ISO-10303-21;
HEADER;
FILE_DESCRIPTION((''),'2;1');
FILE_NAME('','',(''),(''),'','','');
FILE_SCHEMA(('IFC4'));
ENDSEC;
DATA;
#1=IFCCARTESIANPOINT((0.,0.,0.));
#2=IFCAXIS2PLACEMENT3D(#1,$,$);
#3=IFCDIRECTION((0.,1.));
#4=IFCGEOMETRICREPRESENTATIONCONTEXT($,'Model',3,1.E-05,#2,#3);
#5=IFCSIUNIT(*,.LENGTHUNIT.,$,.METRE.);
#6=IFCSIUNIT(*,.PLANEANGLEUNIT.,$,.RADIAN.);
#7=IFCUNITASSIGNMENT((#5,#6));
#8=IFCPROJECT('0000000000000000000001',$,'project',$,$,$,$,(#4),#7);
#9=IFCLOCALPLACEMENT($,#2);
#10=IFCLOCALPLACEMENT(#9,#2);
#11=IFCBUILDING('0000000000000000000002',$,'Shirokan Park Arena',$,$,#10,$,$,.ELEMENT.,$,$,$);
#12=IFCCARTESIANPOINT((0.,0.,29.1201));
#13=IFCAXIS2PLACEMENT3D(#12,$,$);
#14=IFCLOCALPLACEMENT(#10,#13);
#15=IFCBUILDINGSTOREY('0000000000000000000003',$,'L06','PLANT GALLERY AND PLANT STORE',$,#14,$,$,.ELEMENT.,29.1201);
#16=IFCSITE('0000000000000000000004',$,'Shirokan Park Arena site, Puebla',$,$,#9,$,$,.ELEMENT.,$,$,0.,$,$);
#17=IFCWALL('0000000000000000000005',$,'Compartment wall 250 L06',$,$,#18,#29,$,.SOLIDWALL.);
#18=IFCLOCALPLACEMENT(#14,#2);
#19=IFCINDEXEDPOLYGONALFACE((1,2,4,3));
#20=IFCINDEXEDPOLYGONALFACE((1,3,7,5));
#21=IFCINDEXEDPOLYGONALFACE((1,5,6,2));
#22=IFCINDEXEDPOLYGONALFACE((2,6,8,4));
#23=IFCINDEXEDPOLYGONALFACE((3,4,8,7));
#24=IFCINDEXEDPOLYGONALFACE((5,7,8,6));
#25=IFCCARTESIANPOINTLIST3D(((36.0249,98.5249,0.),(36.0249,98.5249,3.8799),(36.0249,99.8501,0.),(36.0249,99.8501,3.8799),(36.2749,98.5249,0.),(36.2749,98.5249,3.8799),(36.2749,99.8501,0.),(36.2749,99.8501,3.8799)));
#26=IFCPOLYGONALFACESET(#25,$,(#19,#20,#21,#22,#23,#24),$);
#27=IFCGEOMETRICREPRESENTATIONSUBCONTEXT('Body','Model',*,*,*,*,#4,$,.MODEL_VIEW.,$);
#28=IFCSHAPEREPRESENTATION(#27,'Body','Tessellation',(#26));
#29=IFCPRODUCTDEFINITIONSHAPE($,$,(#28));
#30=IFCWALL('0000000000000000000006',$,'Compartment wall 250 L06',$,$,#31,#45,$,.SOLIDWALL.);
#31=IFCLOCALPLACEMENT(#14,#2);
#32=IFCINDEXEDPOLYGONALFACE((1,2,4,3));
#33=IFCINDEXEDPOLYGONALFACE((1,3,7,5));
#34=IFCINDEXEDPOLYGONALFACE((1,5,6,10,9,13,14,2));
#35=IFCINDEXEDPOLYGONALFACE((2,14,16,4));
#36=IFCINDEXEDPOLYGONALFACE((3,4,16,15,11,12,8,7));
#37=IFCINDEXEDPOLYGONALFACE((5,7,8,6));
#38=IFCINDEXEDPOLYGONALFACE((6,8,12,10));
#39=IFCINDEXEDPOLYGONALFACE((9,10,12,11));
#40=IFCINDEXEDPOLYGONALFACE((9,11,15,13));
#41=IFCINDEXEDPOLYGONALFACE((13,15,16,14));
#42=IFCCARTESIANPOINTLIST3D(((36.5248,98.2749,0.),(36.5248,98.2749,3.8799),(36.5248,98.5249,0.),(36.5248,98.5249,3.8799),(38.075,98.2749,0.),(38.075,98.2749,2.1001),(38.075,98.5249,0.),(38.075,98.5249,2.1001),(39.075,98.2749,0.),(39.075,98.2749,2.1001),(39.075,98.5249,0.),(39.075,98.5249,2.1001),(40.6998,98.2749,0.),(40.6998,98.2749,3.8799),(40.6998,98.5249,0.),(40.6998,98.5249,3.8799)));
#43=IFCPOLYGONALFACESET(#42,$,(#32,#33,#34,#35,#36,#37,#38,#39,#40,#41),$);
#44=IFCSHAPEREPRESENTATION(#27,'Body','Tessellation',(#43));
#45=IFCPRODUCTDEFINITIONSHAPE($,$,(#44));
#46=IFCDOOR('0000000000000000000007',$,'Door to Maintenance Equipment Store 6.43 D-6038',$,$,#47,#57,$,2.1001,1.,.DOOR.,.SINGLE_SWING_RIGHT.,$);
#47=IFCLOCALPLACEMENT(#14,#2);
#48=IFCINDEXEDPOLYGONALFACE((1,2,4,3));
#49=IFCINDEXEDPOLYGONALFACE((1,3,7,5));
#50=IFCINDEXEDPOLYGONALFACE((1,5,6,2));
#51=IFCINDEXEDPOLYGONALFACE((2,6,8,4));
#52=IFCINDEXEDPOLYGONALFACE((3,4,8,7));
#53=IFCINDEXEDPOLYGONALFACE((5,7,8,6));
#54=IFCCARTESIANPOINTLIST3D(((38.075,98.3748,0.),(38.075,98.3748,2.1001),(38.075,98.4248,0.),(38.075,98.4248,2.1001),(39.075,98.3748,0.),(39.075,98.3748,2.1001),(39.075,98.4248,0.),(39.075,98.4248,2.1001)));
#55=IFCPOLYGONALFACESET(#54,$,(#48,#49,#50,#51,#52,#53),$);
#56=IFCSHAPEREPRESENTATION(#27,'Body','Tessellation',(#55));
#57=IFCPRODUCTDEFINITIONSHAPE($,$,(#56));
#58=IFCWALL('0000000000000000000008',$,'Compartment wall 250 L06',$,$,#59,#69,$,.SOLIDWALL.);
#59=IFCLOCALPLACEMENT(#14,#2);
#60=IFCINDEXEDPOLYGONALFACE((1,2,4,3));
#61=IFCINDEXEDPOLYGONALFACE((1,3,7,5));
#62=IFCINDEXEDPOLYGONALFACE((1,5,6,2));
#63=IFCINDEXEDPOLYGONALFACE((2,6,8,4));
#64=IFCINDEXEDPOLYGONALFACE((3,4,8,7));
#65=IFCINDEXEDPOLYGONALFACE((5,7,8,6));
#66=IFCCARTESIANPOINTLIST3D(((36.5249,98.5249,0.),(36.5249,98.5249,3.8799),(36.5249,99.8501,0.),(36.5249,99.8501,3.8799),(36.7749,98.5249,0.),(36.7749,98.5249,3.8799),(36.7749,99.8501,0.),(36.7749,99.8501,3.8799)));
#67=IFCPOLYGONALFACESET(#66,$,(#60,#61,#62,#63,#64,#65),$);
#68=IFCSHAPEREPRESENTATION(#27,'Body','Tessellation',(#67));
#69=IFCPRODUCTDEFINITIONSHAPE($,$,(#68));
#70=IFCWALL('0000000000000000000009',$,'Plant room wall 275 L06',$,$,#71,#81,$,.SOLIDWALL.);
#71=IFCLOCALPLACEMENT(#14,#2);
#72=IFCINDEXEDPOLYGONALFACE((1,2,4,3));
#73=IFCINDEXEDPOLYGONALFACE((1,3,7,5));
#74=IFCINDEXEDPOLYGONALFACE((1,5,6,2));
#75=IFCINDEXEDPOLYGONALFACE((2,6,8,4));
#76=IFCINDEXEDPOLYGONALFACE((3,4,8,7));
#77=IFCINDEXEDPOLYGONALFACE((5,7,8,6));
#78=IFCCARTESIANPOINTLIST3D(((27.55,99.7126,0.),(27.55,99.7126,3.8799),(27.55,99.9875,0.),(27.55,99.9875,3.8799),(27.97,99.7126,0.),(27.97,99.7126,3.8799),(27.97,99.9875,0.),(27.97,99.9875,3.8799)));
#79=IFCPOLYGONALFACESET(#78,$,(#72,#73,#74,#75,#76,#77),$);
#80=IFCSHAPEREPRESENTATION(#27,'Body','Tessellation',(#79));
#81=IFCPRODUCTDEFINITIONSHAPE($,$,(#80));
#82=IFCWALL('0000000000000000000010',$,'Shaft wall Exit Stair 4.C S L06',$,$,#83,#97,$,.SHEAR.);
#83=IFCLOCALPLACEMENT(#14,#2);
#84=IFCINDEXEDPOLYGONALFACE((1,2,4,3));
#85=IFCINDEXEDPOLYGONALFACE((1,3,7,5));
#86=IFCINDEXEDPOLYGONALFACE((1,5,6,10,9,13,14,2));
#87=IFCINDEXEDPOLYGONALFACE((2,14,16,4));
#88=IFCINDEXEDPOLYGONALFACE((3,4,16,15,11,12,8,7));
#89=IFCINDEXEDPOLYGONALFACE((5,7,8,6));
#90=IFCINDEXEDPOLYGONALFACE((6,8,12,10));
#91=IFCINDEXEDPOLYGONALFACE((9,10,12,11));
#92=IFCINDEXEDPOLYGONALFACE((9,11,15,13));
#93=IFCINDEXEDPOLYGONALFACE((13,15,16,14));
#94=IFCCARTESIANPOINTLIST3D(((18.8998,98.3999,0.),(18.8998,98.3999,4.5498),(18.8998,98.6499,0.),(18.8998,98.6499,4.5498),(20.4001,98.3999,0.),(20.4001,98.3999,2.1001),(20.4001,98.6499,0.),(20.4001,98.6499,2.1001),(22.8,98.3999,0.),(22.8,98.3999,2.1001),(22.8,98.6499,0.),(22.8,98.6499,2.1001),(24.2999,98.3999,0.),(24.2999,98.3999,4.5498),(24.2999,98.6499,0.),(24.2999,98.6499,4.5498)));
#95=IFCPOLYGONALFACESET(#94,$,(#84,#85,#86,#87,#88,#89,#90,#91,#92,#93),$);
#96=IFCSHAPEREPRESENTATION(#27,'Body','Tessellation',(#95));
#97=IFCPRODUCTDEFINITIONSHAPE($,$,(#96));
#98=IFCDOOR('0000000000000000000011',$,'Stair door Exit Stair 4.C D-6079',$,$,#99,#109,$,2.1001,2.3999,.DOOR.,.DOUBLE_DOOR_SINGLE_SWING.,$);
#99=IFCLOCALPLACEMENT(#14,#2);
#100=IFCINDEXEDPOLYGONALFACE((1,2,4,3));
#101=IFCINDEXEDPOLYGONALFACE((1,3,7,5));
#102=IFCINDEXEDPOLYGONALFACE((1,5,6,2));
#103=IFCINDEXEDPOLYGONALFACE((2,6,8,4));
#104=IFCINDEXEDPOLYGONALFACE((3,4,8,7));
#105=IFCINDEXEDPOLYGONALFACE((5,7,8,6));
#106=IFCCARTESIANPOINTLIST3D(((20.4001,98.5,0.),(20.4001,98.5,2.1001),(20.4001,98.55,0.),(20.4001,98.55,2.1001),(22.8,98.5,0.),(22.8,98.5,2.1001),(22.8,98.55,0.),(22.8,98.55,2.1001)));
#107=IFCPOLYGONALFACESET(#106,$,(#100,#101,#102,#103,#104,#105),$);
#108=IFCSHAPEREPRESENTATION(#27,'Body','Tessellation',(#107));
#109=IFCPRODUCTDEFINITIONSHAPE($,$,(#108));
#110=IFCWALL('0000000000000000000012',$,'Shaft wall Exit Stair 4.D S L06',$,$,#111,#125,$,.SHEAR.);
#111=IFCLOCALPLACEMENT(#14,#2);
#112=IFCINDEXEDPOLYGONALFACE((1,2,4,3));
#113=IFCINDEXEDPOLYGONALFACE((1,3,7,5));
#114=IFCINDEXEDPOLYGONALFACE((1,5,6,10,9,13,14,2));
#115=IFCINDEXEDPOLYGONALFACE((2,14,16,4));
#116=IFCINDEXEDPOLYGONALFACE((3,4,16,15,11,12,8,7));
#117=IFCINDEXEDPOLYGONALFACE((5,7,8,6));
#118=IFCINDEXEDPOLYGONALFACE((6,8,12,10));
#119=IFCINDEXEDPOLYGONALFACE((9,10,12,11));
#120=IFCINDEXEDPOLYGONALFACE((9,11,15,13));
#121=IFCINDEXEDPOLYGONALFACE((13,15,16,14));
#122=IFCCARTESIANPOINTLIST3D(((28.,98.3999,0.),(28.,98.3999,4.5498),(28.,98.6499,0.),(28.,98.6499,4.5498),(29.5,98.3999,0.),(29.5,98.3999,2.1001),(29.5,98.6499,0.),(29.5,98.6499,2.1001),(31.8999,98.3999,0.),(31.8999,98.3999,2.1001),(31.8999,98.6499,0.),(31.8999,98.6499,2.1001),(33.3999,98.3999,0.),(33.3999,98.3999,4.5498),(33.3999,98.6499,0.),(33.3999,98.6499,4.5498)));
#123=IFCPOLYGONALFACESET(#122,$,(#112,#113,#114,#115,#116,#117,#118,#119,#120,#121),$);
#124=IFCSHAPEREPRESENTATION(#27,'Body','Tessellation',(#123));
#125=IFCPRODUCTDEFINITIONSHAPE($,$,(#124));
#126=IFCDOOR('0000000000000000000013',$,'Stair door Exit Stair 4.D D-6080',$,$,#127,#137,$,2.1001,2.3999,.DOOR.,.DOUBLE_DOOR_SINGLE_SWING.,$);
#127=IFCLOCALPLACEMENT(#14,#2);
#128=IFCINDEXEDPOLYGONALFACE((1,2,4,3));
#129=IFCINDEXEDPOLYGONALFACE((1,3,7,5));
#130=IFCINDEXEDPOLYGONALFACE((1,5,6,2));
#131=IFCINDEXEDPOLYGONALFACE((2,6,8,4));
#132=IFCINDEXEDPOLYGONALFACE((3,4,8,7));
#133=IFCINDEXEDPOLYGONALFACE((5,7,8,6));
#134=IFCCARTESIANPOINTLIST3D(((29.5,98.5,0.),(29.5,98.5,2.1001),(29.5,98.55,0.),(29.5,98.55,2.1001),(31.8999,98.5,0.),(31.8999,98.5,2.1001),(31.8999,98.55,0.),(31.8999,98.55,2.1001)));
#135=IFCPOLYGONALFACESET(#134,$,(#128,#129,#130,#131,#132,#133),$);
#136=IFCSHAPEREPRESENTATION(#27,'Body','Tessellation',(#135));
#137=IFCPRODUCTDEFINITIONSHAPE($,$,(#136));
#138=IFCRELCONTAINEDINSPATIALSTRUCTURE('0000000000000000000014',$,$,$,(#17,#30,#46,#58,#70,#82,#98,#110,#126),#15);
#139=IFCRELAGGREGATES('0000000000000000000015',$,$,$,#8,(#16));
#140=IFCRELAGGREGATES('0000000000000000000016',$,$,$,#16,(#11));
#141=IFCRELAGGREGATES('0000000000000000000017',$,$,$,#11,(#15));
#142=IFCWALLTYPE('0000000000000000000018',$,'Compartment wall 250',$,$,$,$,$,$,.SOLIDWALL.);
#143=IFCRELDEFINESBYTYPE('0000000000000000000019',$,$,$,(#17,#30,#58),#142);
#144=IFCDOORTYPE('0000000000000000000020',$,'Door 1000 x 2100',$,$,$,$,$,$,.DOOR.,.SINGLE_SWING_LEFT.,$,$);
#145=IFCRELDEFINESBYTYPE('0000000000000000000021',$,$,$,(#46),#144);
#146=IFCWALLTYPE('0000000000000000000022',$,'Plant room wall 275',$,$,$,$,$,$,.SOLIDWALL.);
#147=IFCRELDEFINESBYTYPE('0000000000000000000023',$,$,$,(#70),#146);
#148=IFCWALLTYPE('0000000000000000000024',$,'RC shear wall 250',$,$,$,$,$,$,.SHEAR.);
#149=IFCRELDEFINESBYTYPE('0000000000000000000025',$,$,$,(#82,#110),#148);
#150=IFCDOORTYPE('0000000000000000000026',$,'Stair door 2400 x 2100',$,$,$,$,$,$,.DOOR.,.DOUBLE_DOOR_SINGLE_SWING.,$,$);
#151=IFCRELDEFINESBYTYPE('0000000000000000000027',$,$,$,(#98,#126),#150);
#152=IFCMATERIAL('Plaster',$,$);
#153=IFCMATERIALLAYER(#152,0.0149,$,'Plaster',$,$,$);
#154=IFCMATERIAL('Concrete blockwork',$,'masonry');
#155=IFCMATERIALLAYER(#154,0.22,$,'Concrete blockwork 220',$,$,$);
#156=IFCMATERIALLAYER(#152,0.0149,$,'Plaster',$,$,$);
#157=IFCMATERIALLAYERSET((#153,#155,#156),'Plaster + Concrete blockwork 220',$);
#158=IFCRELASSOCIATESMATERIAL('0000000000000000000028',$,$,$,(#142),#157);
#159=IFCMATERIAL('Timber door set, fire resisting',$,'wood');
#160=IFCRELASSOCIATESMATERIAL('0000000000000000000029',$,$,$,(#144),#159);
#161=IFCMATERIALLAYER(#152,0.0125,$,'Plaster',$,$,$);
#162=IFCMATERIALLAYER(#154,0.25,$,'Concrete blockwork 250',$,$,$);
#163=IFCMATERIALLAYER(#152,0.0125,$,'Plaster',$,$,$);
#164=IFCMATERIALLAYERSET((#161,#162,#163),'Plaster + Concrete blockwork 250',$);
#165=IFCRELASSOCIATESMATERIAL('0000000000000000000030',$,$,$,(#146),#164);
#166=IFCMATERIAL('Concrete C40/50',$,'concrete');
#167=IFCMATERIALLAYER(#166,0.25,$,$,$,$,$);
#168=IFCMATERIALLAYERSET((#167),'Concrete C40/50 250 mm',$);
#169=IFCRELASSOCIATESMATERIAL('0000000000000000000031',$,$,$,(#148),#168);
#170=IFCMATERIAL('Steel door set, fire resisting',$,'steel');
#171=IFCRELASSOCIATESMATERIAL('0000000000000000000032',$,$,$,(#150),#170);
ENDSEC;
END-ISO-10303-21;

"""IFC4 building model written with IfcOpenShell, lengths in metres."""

from ifc_helpers import new_model, si_unit, direction, frame, frame_2d, origin, place, context, subcontext, project, spatial, rectangle, extrude, material, layer, layer_set, type_object, element, fill, save


model = new_model("IFC4")

# Units and contexts
model_context = context("Model", 3, precision=1e-05, world=origin(), true_north=direction((0.0, 1.0)))
body_context = subcontext(model_context, "Body", "Model", "MODEL_VIEW")
ifc_project = project(units=[si_unit("LENGTHUNIT", "METRE"), si_unit("PLANEANGLEUNIT", "RADIAN")], contexts=[model_context])

# Site, building, storey
site_placement = place(None, origin())
site = spatial("IfcSite", under=ifc_project, at=site_placement, Name="Shirokan Park Arena site, Puebla", CompositionType="ELEMENT", RefElevation=0.0)
building_placement = place(site_placement, origin())
building = spatial("IfcBuilding", under=site, at=building_placement, Name="Shirokan Park Arena", CompositionType="ELEMENT")
storey_placement = place(building_placement, frame((0.0, 0.0, 29.1201)))
storey = spatial("IfcBuildingStorey", under=building, at=storey_placement, Name="L06", Description="PLANT GALLERY AND PLANT STORE", CompositionType="ELEMENT", Elevation=29.1201)

# Wall
ifc_material_1 = material(Name="Plaster")
ifc_layer_1 = layer(ifc_material_1, 0.0149, Name="Plaster")
ifc_material_2 = material(Name="Concrete blockwork", Category="masonry")
ifc_layer_2 = layer(ifc_material_2, 0.22, Name="Concrete blockwork 220")
ifc_layer_3 = layer(ifc_material_1, 0.0149, Name="Plaster")
ifc_layer_set_1 = layer_set([ifc_layer_1, ifc_layer_2, ifc_layer_3], Name="Plaster + Concrete blockwork 220")
wall_type_1 = type_object("IfcWallType", Name="Compartment wall 250", PredefinedType="SOLIDWALL", material=ifc_layer_set_1)
wall_1_placement = place(storey_placement, frame((36.1499, 98.5249, 0.0), z_axis=(0.0, 0.0, 1.0), x_axis=(0.0, 1.0, 0.0)))
element("IfcWall", 1, at=wall_1_placement, inside=storey, type_object=wall_type_1, Name="Compartment wall 250 L06", PredefinedType="SOLIDWALL", context=body_context, shape_type="SweptSolid", body=[
    extrude(rectangle(XDim=1.3252, YDim=0.25, at=frame_2d((0.6626, 0.0))), origin(), (0.0, 0.0, 1.0), 3.8799),
])

# Wall, opening, door
wall_2_placement = place(storey_placement, frame((36.5249, 98.3999, 0.0), z_axis=(0.0, 0.0, 1.0), x_axis=(1.0, 0.0, 0.0)))
wall_2 = element("IfcWall", 2, at=wall_2_placement, inside=storey, type_object=wall_type_1, Name="Compartment wall 250 L06", PredefinedType="SOLIDWALL", context=body_context, shape_type="SweptSolid", body=[
    extrude(rectangle(XDim=4.175, YDim=0.25, at=frame_2d((2.0874, 0.0))), origin(), (0.0, 0.0, 1.0), 3.8799),
])
opening_1_placement = place(wall_2_placement, frame((1.55, 0.0, 0.0)))
opening_1 = element("IfcOpeningElement", 3, at=opening_1_placement, cuts=wall_2, PredefinedType="OPENING", context=body_context, shape_type="SweptSolid", body=[
    extrude(rectangle(XDim=1.0, YDim=2.1001, at=frame_2d((0.5, 1.05))), frame((0.0, 0.135, 0.0), z_axis=(0.0, -1.0, 0.0), x_axis=(1.0, 0.0, 0.0)), (0.0, 0.0, 1.0), 0.27),
])
ifc_material_3 = material(Name="Timber door set, fire resisting", Category="wood")
door_type_1 = type_object("IfcDoorType", Name="Door 1000 x 2100", OperationType="SINGLE_SWING_LEFT", PredefinedType="DOOR", material=ifc_material_3)
door_1_placement = place(opening_1_placement, origin())
door_1 = element("IfcDoor", 4, at=door_1_placement, inside=storey, type_object=door_type_1, Name="Door to Maintenance Equipment Store 6.43 D-6038", OperationType="SINGLE_SWING_RIGHT", OverallHeight=2.1001, OverallWidth=1.0, PredefinedType="DOOR", context=body_context, shape_type="SweptSolid", body=[
    extrude(rectangle(XDim=1.0, YDim=2.1001, at=frame_2d((0.5, 1.05))), frame((0.0, 0.0249, 0.0), z_axis=(0.0, -1.0, 0.0), x_axis=(1.0, 0.0, 0.0)), (0.0, 0.0, 1.0), 0.05),
])
fill(opening_1, door_1)

# Wall
wall_3_placement = place(storey_placement, frame((36.6499, 99.8501, 0.0), z_axis=(0.0, 0.0, 1.0), x_axis=(0.0, -1.0, 0.0)))
element("IfcWall", 5, at=wall_3_placement, inside=storey, type_object=wall_type_1, Name="Compartment wall 250 L06", PredefinedType="SOLIDWALL", context=body_context, shape_type="SweptSolid", body=[
    extrude(rectangle(XDim=1.3252, YDim=0.25, at=frame_2d((0.6626, 0.0))), origin(), (0.0, 0.0, 1.0), 3.8799),
])

# Shared definitions
ifc_layer_4 = layer(ifc_material_1, 0.0125, Name="Plaster")
ifc_layer_5 = layer(ifc_material_2, 0.25, Name="Concrete blockwork 250")
ifc_layer_6 = layer(ifc_material_1, 0.0125, Name="Plaster")
ifc_layer_set_2 = layer_set([ifc_layer_4, ifc_layer_5, ifc_layer_6], Name="Plaster + Concrete blockwork 250")
wall_type_2 = type_object("IfcWallType", Name="Plant room wall 275", PredefinedType="SOLIDWALL", material=ifc_layer_set_2)

# Wall
wall_4_placement = place(storey_placement, frame((27.55, 99.8501, 0.0), z_axis=(0.0, 0.0, 1.0), x_axis=(1.0, 0.0, 0.0)))
element("IfcWall", 6, at=wall_4_placement, inside=storey, type_object=wall_type_2, Name="Plant room wall 275 L06", PredefinedType="SOLIDWALL", context=body_context, shape_type="SweptSolid", body=[
    extrude(rectangle(XDim=0.4199, YDim=0.2749, at=frame_2d((0.21, 0.0))), origin(), (0.0, 0.0, 1.0), 3.8799),
])

# Walls, openings, doors
ifc_material_4 = material(Name="Concrete C40/50", Category="concrete")
ifc_layer_7 = layer(ifc_material_4, 0.25)
ifc_layer_set_3 = layer_set([ifc_layer_7], Name="Concrete C40/50 250 mm")
wall_type_3 = type_object("IfcWallType", Name="RC shear wall 250", PredefinedType="SHEAR", material=ifc_layer_set_3)
wall_5_placement = place(storey_placement, frame((24.3, 98.5249, 0.0), z_axis=(0.0, 0.0, 1.0), x_axis=(-1.0, 0.0, 0.0)))
wall_5 = element("IfcWall", 7, at=wall_5_placement, inside=storey, type_object=wall_type_3, Name="Shaft wall Exit Stair 4.C S L06", PredefinedType="SHEAR", context=body_context, shape_type="SweptSolid", body=[
    extrude(rectangle(XDim=5.4001, YDim=0.25, at=frame_2d((2.7002, 0.0))), origin(), (0.0, 0.0, 1.0), 4.5498),
])
opening_2_placement = place(wall_5_placement, frame((1.5, 0.0, 0.0)))
opening_2 = element("IfcOpeningElement", 8, at=opening_2_placement, cuts=wall_5, PredefinedType="OPENING", context=body_context, shape_type="SweptSolid", body=[
    extrude(rectangle(XDim=2.3999, YDim=2.1001, at=frame_2d((1.2, 1.05))), frame((0.0, 0.135, 0.0), z_axis=(0.0, -1.0, 0.0), x_axis=(1.0, 0.0, 0.0)), (0.0, 0.0, 1.0), 0.27),
])
ifc_material_5 = material(Name="Steel door set, fire resisting", Category="steel")
door_type_2 = type_object("IfcDoorType", Name="Stair door 2400 x 2100", OperationType="DOUBLE_DOOR_SINGLE_SWING", PredefinedType="DOOR", material=ifc_material_5)
door_2_placement = place(opening_2_placement, origin())
door_2 = element("IfcDoor", 9, at=door_2_placement, inside=storey, type_object=door_type_2, Name="Stair door Exit Stair 4.C D-6079", OperationType="DOUBLE_DOOR_SINGLE_SWING", OverallHeight=2.1001, OverallWidth=2.3999, PredefinedType="DOOR", context=body_context, shape_type="SweptSolid", body=[
    extrude(rectangle(XDim=2.3999, YDim=2.1001, at=frame_2d((1.2, 1.05))), frame((0.0, 0.0249, 0.0), z_axis=(0.0, -1.0, 0.0), x_axis=(1.0, 0.0, 0.0)), (0.0, 0.0, 1.0), 0.05),
])
fill(opening_2, door_2)
wall_6_placement = place(storey_placement, frame((33.3999, 98.5249, 0.0), z_axis=(0.0, 0.0, 1.0), x_axis=(-1.0, 0.0, 0.0)))
wall_6 = element("IfcWall", 10, at=wall_6_placement, inside=storey, type_object=wall_type_3, Name="Shaft wall Exit Stair 4.D S L06", PredefinedType="SHEAR", context=body_context, shape_type="SweptSolid", body=[
    extrude(rectangle(XDim=5.3999, YDim=0.25, at=frame_2d((2.7, 0.0))), origin(), (0.0, 0.0, 1.0), 4.5498),
])
opening_3_placement = place(wall_6_placement, frame((1.5, 0.0, 0.0)))
opening_3 = element("IfcOpeningElement", 11, at=opening_3_placement, cuts=wall_6, PredefinedType="OPENING", context=body_context, shape_type="SweptSolid", body=[
    extrude(rectangle(XDim=2.3999, YDim=2.1001, at=frame_2d((1.2, 1.05))), frame((0.0, 0.135, 0.0), z_axis=(0.0, -1.0, 0.0), x_axis=(1.0, 0.0, 0.0)), (0.0, 0.0, 1.0), 0.27),
])
door_3_placement = place(opening_3_placement, origin())
door_3 = element("IfcDoor", 12, at=door_3_placement, inside=storey, type_object=door_type_2, Name="Stair door Exit Stair 4.D D-6080", OperationType="DOUBLE_DOOR_SINGLE_SWING", OverallHeight=2.1001, OverallWidth=2.3999, PredefinedType="DOOR", context=body_context, shape_type="SweptSolid", body=[
    extrude(rectangle(XDim=2.3999, YDim=2.1001, at=frame_2d((1.2, 1.05))), frame((0.0, 0.0249, 0.0), z_axis=(0.0, -1.0, 0.0), x_axis=(1.0, 0.0, 0.0)), (0.0, 0.0, 1.0), 0.05),
])
fill(opening_3, door_3)

save(model, "model.ifc")
